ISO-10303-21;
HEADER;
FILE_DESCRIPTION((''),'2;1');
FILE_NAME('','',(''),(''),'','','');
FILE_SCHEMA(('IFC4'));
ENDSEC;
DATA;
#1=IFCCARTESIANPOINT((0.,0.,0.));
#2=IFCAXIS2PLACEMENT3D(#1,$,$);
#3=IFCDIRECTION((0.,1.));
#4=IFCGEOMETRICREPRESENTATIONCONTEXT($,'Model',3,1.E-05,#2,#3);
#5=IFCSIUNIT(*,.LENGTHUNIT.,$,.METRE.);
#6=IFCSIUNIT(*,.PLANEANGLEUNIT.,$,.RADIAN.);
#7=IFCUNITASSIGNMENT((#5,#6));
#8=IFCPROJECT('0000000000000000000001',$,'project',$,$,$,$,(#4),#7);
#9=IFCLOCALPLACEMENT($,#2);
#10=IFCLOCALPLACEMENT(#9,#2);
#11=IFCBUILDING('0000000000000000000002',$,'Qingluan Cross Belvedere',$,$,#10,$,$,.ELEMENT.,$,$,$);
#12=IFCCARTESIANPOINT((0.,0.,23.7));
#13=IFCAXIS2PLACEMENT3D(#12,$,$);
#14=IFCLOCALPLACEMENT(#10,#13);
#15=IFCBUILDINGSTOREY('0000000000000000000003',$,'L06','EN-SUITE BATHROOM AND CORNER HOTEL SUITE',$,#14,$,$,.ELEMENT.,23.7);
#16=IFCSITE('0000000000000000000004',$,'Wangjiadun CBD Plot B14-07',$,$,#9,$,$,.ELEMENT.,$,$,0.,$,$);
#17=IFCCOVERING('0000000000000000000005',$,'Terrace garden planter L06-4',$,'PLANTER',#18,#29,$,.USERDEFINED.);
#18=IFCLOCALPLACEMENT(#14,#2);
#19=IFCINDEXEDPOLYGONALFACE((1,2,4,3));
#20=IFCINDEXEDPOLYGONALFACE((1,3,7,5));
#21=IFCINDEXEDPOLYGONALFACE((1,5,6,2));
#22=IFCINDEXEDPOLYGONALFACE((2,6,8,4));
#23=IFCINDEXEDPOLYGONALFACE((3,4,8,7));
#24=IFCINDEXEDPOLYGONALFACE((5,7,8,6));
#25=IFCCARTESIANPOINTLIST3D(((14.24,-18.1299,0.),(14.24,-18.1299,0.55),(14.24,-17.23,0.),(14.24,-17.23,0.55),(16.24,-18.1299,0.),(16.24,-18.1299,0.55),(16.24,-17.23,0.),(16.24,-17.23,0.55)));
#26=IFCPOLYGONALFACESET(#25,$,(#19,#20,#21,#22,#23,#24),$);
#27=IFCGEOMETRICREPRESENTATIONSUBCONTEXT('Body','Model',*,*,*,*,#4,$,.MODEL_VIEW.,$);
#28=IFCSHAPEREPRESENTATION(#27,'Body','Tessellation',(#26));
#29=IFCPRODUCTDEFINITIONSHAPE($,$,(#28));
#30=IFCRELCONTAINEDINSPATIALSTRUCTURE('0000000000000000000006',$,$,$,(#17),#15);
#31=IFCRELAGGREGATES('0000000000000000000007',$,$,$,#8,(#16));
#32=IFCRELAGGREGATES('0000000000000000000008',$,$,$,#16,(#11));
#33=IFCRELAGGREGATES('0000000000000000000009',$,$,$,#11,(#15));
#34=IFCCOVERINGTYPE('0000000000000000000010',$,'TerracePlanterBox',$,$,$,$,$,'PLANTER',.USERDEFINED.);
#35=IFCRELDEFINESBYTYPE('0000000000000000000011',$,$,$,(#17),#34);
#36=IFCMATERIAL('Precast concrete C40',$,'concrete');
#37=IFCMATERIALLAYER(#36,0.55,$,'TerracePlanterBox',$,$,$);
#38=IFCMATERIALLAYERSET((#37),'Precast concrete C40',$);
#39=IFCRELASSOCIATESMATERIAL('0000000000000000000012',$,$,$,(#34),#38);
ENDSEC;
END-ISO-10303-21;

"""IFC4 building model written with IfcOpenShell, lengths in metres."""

from ifc_helpers import new_model, si_unit, direction, frame, origin, origin_2d, place, context, subcontext, project, spatial, rectangle, extrude, material, layer, layer_set, type_object, element, save


model = new_model("IFC4")

# Units and contexts
model_context = context("Model", 3, precision=1e-05, world=origin(), true_north=direction((0.0, 1.0)))
body_context = subcontext(model_context, "Body", "Model", "MODEL_VIEW")
ifc_project = project(units=[si_unit("LENGTHUNIT", "METRE"), si_unit("PLANEANGLEUNIT", "RADIAN")], contexts=[model_context])

# Site, building, storey
site_placement = place(None, origin())
site = spatial("IfcSite", under=ifc_project, at=site_placement, Name="Wangjiadun CBD Plot B14-07", CompositionType="ELEMENT", RefElevation=0.0)
building_placement = place(site_placement, origin())
building = spatial("IfcBuilding", under=site, at=building_placement, Name="Qingluan Cross Belvedere", CompositionType="ELEMENT")
storey_placement = place(building_placement, frame((0.0, 0.0, 23.7)))
storey = spatial("IfcBuildingStorey", under=building, at=storey_placement, Name="L06", Description="EN-SUITE BATHROOM AND CORNER HOTEL SUITE", CompositionType="ELEMENT", Elevation=23.7)

# Covering
ifc_material_1 = material(Name="Precast concrete C40", Category="concrete")
ifc_layer_1 = layer(ifc_material_1, 0.55, Name="TerracePlanterBox")
ifc_layer_set_1 = layer_set([ifc_layer_1], Name="Precast concrete C40")
covering_type_1 = type_object("IfcCoveringType", Name="TerracePlanterBox", ElementType="PLANTER", PredefinedType="USERDEFINED", material=ifc_layer_set_1)
covering_1_placement = place(storey_placement, frame((15.24, -17.6799, 0.0), z_axis=(0.0, 0.0, 1.0), x_axis=(1.0, 0.0, 0.0)))
element("IfcCovering", 1, at=covering_1_placement, inside=storey, type_object=covering_type_1, Name="Terrace garden planter L06-4", ObjectType="PLANTER", PredefinedType="USERDEFINED", context=body_context, shape_type="SweptSolid", body=[
    extrude(rectangle(XDim=2.0, YDim=0.8999, at=origin_2d()), origin(), (0.0, 0.0, 1.0), 0.55),
])

save(model, "model.ifc")
